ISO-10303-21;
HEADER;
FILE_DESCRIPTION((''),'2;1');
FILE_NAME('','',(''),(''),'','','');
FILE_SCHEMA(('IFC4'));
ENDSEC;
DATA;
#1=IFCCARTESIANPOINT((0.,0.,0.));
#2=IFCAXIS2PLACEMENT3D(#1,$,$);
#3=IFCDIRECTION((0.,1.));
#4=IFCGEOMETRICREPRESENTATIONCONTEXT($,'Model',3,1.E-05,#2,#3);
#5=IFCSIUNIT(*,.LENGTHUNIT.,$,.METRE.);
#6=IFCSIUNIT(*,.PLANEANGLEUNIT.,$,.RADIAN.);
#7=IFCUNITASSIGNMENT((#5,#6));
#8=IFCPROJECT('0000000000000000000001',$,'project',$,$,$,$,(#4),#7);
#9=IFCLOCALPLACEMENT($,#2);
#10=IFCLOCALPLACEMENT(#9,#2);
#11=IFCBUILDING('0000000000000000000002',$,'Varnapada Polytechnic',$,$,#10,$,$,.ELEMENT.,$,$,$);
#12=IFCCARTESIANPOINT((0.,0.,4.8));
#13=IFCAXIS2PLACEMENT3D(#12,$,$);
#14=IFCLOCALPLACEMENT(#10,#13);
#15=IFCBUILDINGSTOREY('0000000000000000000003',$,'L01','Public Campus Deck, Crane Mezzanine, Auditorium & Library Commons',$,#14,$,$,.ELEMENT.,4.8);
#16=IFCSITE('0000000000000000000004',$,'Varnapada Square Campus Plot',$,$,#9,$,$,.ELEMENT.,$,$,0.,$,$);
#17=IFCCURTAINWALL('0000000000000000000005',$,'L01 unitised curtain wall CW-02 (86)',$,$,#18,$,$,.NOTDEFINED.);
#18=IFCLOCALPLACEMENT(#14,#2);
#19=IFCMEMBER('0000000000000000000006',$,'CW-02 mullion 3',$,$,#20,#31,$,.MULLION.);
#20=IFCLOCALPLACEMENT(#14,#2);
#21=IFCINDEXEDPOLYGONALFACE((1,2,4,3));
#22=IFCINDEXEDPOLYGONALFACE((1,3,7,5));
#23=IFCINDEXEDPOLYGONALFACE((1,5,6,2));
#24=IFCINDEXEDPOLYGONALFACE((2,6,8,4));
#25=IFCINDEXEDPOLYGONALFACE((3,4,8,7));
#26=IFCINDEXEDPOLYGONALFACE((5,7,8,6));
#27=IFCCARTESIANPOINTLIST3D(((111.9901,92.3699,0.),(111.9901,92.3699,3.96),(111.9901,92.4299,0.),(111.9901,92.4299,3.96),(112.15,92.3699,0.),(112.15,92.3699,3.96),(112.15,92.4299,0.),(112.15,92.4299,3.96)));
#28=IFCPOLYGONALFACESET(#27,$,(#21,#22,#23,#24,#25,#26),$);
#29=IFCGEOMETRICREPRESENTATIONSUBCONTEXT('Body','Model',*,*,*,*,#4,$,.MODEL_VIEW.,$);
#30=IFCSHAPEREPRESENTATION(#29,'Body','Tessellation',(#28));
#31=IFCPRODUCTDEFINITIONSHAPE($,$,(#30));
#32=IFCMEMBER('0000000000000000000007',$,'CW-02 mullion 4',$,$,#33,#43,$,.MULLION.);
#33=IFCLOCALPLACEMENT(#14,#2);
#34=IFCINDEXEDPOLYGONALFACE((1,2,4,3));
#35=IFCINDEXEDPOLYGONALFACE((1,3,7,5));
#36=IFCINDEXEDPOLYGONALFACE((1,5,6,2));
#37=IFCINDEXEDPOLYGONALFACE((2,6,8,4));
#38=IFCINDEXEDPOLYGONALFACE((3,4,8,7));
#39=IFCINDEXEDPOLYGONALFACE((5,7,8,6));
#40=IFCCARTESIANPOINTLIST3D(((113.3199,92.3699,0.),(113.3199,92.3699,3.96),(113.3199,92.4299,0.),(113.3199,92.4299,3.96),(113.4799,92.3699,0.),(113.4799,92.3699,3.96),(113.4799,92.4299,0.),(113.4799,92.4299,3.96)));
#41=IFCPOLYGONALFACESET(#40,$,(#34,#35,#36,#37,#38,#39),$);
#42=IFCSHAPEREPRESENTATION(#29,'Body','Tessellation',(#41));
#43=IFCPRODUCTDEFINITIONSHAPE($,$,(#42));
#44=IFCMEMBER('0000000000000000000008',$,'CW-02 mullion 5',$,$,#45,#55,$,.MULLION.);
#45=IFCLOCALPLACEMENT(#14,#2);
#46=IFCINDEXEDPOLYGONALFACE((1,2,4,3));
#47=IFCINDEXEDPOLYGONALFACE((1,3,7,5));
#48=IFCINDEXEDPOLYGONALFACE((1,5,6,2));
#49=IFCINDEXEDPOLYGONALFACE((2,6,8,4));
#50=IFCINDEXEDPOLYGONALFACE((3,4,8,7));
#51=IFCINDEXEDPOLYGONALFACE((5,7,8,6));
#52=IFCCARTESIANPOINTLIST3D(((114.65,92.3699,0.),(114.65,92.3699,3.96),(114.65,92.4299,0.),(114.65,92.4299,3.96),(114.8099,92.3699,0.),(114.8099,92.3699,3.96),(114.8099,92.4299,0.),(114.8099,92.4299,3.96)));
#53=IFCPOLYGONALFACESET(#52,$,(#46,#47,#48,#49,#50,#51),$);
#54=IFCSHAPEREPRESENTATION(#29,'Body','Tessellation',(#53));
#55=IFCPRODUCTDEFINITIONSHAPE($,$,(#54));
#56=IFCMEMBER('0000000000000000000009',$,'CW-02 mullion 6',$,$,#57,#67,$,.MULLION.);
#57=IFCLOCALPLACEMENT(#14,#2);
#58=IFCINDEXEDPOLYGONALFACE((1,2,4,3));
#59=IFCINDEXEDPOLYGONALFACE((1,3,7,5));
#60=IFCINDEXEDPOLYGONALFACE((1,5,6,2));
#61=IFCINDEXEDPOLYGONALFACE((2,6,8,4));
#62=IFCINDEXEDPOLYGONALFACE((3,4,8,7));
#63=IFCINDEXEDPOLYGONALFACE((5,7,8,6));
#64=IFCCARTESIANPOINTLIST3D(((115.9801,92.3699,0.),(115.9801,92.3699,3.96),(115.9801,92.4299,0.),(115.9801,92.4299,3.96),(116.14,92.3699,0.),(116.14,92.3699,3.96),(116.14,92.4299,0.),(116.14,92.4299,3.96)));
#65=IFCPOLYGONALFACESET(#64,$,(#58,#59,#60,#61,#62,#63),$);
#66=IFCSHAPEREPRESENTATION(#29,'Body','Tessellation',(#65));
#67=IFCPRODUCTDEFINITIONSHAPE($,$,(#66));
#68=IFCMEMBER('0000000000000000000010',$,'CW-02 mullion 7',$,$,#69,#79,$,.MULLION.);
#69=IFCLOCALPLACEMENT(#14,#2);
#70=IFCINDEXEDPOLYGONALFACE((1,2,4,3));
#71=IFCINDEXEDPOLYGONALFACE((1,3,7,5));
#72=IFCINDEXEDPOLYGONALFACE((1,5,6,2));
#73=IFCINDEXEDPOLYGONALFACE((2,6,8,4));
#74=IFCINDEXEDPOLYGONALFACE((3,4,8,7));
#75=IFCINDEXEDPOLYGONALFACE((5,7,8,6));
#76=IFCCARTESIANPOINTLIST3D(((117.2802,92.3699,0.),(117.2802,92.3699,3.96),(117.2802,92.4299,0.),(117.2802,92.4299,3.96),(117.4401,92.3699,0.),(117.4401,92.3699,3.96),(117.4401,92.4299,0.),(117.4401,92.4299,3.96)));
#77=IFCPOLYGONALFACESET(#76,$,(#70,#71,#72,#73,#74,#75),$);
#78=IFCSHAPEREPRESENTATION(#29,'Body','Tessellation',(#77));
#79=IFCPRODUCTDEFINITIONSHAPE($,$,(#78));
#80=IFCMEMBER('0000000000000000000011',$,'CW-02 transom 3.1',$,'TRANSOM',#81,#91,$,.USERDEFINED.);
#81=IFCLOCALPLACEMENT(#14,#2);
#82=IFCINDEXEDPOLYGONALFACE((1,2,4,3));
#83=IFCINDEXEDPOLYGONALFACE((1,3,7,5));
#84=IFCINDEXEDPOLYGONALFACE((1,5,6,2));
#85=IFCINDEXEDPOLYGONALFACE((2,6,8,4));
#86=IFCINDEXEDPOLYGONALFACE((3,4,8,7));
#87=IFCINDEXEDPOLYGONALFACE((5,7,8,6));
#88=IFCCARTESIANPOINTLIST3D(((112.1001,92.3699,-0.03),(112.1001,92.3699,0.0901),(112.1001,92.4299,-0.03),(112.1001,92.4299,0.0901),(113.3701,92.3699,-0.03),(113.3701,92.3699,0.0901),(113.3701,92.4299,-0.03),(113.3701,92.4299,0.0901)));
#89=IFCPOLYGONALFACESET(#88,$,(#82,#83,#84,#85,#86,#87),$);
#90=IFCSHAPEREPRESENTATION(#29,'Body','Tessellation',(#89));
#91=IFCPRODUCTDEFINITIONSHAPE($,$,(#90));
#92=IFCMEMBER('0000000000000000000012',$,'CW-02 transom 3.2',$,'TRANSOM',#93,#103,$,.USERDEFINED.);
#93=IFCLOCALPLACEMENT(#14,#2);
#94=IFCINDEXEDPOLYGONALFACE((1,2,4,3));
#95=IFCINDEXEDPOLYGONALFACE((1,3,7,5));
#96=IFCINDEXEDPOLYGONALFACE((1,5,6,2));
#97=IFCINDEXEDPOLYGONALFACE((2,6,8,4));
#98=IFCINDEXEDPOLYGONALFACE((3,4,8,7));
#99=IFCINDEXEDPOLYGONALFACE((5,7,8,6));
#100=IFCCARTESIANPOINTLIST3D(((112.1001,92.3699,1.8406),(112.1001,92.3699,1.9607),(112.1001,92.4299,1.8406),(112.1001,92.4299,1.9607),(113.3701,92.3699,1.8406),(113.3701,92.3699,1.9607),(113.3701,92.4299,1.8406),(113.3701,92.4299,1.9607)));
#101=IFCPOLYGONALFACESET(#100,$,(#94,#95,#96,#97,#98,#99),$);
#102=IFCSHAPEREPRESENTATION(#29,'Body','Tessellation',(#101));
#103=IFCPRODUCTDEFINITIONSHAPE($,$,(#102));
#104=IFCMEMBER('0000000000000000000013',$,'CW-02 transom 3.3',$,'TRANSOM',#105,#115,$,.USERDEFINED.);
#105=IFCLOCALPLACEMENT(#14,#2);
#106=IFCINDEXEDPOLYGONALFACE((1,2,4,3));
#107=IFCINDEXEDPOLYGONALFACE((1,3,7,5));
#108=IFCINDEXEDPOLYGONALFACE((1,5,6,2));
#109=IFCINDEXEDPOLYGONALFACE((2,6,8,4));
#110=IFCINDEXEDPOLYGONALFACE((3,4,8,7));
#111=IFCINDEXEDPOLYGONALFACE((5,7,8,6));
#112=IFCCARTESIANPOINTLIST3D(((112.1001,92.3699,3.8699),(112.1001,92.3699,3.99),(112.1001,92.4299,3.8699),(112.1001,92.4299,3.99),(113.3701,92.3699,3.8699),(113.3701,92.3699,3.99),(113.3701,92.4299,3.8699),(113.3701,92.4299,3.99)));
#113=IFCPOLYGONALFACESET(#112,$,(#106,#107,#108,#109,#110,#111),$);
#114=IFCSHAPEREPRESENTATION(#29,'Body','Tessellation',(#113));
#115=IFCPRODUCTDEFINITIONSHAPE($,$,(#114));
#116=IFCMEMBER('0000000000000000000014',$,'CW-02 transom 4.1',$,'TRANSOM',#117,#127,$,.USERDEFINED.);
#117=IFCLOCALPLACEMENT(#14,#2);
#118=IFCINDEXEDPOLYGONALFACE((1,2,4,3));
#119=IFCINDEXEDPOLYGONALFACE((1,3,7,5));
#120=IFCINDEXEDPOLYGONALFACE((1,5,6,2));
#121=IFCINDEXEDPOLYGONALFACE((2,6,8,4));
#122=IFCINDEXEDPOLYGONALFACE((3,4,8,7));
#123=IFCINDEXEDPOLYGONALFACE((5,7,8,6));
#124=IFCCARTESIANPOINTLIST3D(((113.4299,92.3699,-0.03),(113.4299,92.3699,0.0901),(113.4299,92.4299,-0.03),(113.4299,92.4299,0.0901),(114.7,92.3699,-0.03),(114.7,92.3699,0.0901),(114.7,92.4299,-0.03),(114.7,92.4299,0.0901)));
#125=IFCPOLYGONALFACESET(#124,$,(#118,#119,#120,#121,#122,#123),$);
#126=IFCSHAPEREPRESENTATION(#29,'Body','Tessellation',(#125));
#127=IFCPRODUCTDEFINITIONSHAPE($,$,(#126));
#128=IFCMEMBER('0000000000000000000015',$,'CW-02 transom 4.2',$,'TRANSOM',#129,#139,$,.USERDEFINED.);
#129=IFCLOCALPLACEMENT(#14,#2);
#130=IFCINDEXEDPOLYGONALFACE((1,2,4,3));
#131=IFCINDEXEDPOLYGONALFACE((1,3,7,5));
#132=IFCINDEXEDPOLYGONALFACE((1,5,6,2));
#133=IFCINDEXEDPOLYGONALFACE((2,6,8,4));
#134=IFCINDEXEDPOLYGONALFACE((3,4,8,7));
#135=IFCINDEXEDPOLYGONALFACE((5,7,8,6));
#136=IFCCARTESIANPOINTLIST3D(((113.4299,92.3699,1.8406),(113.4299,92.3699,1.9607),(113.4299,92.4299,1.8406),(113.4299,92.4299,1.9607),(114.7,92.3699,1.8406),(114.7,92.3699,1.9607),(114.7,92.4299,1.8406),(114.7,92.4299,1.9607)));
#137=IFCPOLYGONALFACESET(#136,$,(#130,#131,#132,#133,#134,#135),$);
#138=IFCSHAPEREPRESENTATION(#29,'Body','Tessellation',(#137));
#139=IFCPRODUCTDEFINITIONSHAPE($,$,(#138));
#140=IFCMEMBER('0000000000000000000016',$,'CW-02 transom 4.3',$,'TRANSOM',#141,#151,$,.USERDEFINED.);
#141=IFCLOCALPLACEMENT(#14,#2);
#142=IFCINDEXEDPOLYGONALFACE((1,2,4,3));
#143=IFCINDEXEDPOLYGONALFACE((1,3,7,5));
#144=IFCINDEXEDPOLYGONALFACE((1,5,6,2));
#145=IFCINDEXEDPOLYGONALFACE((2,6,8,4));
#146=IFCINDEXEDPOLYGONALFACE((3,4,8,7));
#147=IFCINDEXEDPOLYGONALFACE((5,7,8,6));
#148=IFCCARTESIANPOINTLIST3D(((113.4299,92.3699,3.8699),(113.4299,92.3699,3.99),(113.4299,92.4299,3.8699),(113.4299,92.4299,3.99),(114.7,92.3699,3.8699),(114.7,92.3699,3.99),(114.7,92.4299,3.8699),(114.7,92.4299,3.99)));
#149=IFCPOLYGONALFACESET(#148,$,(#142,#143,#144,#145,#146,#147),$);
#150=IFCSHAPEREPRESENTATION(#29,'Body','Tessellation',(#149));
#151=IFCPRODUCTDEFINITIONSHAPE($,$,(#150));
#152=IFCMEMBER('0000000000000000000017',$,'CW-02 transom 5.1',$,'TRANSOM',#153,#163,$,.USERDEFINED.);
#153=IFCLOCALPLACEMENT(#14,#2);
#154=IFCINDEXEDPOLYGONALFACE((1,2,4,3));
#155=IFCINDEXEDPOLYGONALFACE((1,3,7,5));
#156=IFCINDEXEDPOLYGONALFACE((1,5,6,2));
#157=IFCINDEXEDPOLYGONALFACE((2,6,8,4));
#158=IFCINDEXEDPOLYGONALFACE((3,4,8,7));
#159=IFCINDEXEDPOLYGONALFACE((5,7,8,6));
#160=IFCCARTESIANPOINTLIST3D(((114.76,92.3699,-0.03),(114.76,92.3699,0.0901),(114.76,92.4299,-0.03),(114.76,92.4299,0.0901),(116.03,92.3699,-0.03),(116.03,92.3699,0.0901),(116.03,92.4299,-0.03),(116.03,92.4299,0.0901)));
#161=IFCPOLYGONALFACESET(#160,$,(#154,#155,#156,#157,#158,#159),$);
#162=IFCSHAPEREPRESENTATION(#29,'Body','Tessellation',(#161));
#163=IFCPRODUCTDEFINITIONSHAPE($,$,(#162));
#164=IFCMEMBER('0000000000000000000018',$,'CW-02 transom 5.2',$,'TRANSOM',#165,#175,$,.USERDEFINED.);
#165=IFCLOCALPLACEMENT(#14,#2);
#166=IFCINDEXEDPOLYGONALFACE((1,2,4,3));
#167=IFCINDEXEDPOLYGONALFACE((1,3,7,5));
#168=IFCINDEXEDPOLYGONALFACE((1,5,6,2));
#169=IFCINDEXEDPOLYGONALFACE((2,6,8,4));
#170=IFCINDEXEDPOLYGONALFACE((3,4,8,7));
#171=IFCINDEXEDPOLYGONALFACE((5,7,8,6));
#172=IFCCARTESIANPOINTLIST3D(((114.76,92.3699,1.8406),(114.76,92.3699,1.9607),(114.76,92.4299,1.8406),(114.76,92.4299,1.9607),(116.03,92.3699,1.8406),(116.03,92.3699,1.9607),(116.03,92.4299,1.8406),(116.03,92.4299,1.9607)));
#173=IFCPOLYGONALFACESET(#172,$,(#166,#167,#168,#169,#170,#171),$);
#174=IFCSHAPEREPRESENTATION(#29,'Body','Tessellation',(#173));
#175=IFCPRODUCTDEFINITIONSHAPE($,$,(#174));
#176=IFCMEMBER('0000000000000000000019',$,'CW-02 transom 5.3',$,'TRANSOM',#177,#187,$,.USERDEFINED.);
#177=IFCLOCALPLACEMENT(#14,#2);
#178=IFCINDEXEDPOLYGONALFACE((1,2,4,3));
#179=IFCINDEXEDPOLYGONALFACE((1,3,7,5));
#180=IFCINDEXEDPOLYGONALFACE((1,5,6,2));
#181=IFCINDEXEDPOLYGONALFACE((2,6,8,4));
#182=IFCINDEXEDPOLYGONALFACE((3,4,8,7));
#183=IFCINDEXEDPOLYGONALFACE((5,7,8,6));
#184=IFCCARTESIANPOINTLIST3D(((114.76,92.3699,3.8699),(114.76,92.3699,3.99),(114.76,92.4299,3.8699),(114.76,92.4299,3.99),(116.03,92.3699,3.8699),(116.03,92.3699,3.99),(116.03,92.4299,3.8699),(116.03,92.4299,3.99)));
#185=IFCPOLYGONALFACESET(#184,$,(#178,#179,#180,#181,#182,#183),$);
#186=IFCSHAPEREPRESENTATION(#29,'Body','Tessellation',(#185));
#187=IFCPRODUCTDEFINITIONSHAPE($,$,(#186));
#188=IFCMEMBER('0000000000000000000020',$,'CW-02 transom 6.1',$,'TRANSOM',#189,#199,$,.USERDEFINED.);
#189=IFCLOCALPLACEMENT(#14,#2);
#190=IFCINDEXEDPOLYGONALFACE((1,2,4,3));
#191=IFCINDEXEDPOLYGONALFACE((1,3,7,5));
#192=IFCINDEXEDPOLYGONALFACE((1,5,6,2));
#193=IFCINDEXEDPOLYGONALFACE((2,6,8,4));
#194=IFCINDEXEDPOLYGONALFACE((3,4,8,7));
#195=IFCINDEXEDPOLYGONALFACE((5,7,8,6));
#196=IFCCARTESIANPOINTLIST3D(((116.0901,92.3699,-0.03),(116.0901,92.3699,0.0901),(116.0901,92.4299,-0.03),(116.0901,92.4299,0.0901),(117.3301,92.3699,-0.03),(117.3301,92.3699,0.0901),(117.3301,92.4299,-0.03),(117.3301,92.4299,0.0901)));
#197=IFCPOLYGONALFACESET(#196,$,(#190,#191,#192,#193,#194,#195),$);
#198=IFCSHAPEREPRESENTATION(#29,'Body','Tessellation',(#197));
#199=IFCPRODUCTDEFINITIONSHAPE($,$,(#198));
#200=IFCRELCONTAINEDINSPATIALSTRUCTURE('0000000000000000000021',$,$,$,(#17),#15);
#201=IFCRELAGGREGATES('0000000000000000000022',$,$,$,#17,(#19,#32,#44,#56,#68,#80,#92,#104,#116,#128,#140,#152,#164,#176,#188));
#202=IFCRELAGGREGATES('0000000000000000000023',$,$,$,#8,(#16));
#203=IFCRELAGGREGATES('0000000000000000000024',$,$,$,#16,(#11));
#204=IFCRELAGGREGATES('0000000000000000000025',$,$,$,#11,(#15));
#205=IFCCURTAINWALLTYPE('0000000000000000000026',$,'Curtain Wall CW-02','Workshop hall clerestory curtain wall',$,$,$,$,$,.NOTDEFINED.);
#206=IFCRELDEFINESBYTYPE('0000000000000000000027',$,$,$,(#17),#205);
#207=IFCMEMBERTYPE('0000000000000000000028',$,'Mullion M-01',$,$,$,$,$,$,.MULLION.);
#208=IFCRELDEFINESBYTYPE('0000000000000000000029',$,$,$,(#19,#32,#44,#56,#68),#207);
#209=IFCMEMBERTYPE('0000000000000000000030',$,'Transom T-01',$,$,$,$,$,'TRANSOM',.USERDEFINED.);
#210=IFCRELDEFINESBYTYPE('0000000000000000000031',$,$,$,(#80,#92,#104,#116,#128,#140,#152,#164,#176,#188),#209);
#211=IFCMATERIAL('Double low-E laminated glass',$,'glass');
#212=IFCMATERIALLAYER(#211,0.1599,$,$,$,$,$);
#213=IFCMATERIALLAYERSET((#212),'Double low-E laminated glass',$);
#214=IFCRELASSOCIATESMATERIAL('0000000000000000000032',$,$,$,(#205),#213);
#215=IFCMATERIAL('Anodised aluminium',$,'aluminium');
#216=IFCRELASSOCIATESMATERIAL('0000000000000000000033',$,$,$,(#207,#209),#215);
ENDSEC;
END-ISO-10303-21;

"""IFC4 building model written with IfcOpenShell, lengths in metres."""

from ifc_helpers import new_model, si_unit, direction, frame, origin, origin_2d, place, context, subcontext, project, spatial, rectangle, extrude, material, layer, layer_set, material_profile, profile_set, type_object, element, aggregate, save


model = new_model("IFC4")

# Units and contexts
model_context = context("Model", 3, precision=1e-05, world=origin(), true_north=direction((0.0, 1.0)))
body_context = subcontext(model_context, "Body", "Model", "MODEL_VIEW")
ifc_project = project(units=[si_unit("LENGTHUNIT", "METRE"), si_unit("PLANEANGLEUNIT", "RADIAN")], contexts=[model_context])

# Site, building, storey
site_placement = place(None, origin())
site = spatial("IfcSite", under=ifc_project, at=site_placement, Name="Varnapada Square Campus Plot", CompositionType="ELEMENT", RefElevation=0.0)
building_placement = place(site_placement, origin())
building = spatial("IfcBuilding", under=site, at=building_placement, Name="Varnapada Polytechnic", CompositionType="ELEMENT")
storey_placement = place(building_placement, frame((0.0, 0.0, 4.8)))
storey = spatial("IfcBuildingStorey", under=building, at=storey_placement, Name="L01", Description="Public Campus Deck, Crane Mezzanine, Auditorium & Library Commons", CompositionType="ELEMENT", Elevation=4.8)

# Curtain wall, members
ifc_material_1 = material(Name="Double low-E laminated glass", Category="glass")
ifc_layer_1 = layer(ifc_material_1, 0.1599)
ifc_layer_set_1 = layer_set([ifc_layer_1], Name="Double low-E laminated glass")
curtain_wall_type = type_object("IfcCurtainWallType", Name="Curtain Wall CW-02", Description="Workshop hall clerestory curtain wall", PredefinedType="NOTDEFINED", material=ifc_layer_set_1)
curtain_wall_placement = place(storey_placement, origin())
curtain_wall = element("IfcCurtainWall", 1, at=curtain_wall_placement, inside=storey, type_object=curtain_wall_type, Name="L01 unitised curtain wall CW-02 (86)", PredefinedType="NOTDEFINED")
ifc_material_2 = material(Name="Anodised aluminium", Category="aluminium")
ifc_material_profile_1 = material_profile(ifc_material_2, rectangle(XDim=0.0601, YDim=0.1599, at=origin_2d()), Name="ALU M60x160")
ifc_profile_set_1 = profile_set([ifc_material_profile_1], Name="Anodised aluminium")
member_type_1 = type_object("IfcMemberType", Name="Mullion M-01", PredefinedType="MULLION", material=ifc_profile_set_1)
member_1_placement = place(storey_placement, frame((112.0701, 92.3999, 0.0), z_axis=(0.0, 0.0, 1.0), x_axis=(0.0, 1.0, 0.0)))
member_1 = element("IfcMember", 2, at=member_1_placement, type_object=member_type_1, Name="CW-02 mullion 3", PredefinedType="MULLION", context=body_context, shape_type="SweptSolid", body=[
    extrude(rectangle(XDim=0.0601, YDim=0.1599, at=origin_2d()), origin(), (0.0, 0.0, 1.0), 3.96),
])
member_2_placement = place(storey_placement, frame((113.3999, 92.3999, 0.0), z_axis=(0.0, 0.0, 1.0), x_axis=(0.0, 1.0, 0.0)))
member_2 = element("IfcMember", 3, at=member_2_placement, type_object=member_type_1, Name="CW-02 mullion 4", PredefinedType="MULLION", context=body_context, shape_type="SweptSolid", body=[
    extrude(rectangle(XDim=0.0601, YDim=0.1599, at=origin_2d()), origin(), (0.0, 0.0, 1.0), 3.96),
])
member_3_placement = place(storey_placement, frame((114.73, 92.3999, 0.0), z_axis=(0.0, 0.0, 1.0), x_axis=(0.0, 1.0, 0.0)))
member_3 = element("IfcMember", 4, at=member_3_placement, type_object=member_type_1, Name="CW-02 mullion 5", PredefinedType="MULLION", context=body_context, shape_type="SweptSolid", body=[
    extrude(rectangle(XDim=0.0601, YDim=0.1599, at=origin_2d()), origin(), (0.0, 0.0, 1.0), 3.96),
])
member_4_placement = place(storey_placement, frame((116.0601, 92.3999, 0.0), z_axis=(0.0, 0.0, 1.0), x_axis=(0.0, 1.0, 0.0)))
member_4 = element("IfcMember", 5, at=member_4_placement, type_object=member_type_1, Name="CW-02 mullion 6", PredefinedType="MULLION", context=body_context, shape_type="SweptSolid", body=[
    extrude(rectangle(XDim=0.0601, YDim=0.1599, at=origin_2d()), origin(), (0.0, 0.0, 1.0), 3.96),
])
member_5_placement = place(storey_placement, frame((117.3601, 92.3999, 0.0), z_axis=(0.0, 0.0, 1.0), x_axis=(0.0, 1.0, 0.0)))
member_5 = element("IfcMember", 6, at=member_5_placement, type_object=member_type_1, Name="CW-02 mullion 7", PredefinedType="MULLION", context=body_context, shape_type="SweptSolid", body=[
    extrude(rectangle(XDim=0.0601, YDim=0.1599, at=origin_2d()), origin(), (0.0, 0.0, 1.0), 3.96),
])
ifc_material_profile_2 = material_profile(ifc_material_2, rectangle(XDim=0.0601, YDim=0.1201, at=origin_2d()), Name="ALU T60x120")
ifc_profile_set_2 = profile_set([ifc_material_profile_2], Name="Anodised aluminium")
member_type_2 = type_object("IfcMemberType", Name="Transom T-01", ElementType="TRANSOM", PredefinedType="USERDEFINED", material=ifc_profile_set_2)
member_6_placement = place(storey_placement, frame((112.1001, 92.3999, 0.03), z_axis=(1.0, 0.0, 0.0), x_axis=(0.0, 1.0, 0.0)))
member_6 = element("IfcMember", 7, at=member_6_placement, type_object=member_type_2, Name="CW-02 transom 3.1", ObjectType="TRANSOM", PredefinedType="USERDEFINED", context=body_context, shape_type="SweptSolid", body=[
    extrude(rectangle(XDim=0.0601, YDim=0.1201, at=origin_2d()), origin(), (0.0, 0.0, 1.0), 1.27),
])
member_7_placement = place(storey_placement, frame((112.1001, 92.3999, 1.9006), z_axis=(1.0, 0.0, 0.0), x_axis=(0.0, 1.0, 0.0)))
member_7 = element("IfcMember", 8, at=member_7_placement, type_object=member_type_2, Name="CW-02 transom 3.2", ObjectType="TRANSOM", PredefinedType="USERDEFINED", context=body_context, shape_type="SweptSolid", body=[
    extrude(rectangle(XDim=0.0601, YDim=0.1201, at=origin_2d()), origin(), (0.0, 0.0, 1.0), 1.27),
])
member_8_placement = place(storey_placement, frame((112.1001, 92.3999, 3.9299), z_axis=(1.0, 0.0, 0.0), x_axis=(0.0, 1.0, 0.0)))
member_8 = element("IfcMember", 9, at=member_8_placement, type_object=member_type_2, Name="CW-02 transom 3.3", ObjectType="TRANSOM", PredefinedType="USERDEFINED", context=body_context, shape_type="SweptSolid", body=[
    extrude(rectangle(XDim=0.0601, YDim=0.1201, at=origin_2d()), origin(), (0.0, 0.0, 1.0), 1.27),
])
member_9_placement = place(storey_placement, frame((113.4299, 92.3999, 0.03), z_axis=(1.0, 0.0, 0.0), x_axis=(0.0, 1.0, 0.0)))
member_9 = element("IfcMember", 10, at=member_9_placement, type_object=member_type_2, Name="CW-02 transom 4.1", ObjectType="TRANSOM", PredefinedType="USERDEFINED", context=body_context, shape_type="SweptSolid", body=[
    extrude(rectangle(XDim=0.0601, YDim=0.1201, at=origin_2d()), origin(), (0.0, 0.0, 1.0), 1.27),
])
member_10_placement = place(storey_placement, frame((113.4299, 92.3999, 1.9006), z_axis=(1.0, 0.0, 0.0), x_axis=(0.0, 1.0, 0.0)))
member_10 = element("IfcMember", 11, at=member_10_placement, type_object=member_type_2, Name="CW-02 transom 4.2", ObjectType="TRANSOM", PredefinedType="USERDEFINED", context=body_context, shape_type="SweptSolid", body=[
    extrude(rectangle(XDim=0.0601, YDim=0.1201, at=origin_2d()), origin(), (0.0, 0.0, 1.0), 1.27),
])
member_11_placement = place(storey_placement, frame((113.4299, 92.3999, 3.9299), z_axis=(1.0, 0.0, 0.0), x_axis=(0.0, 1.0, 0.0)))
member_11 = element("IfcMember", 12, at=member_11_placement, type_object=member_type_2, Name="CW-02 transom 4.3", ObjectType="TRANSOM", PredefinedType="USERDEFINED", context=body_context, shape_type="SweptSolid", body=[
    extrude(rectangle(XDim=0.0601, YDim=0.1201, at=origin_2d()), origin(), (0.0, 0.0, 1.0), 1.27),
])
member_12_placement = place(storey_placement, frame((114.76, 92.3999, 0.03), z_axis=(1.0, 0.0, 0.0), x_axis=(0.0, 1.0, 0.0)))
member_12 = element("IfcMember", 13, at=member_12_placement, type_object=member_type_2, Name="CW-02 transom 5.1", ObjectType="TRANSOM", PredefinedType="USERDEFINED", context=body_context, shape_type="SweptSolid", body=[
    extrude(rectangle(XDim=0.0601, YDim=0.1201, at=origin_2d()), origin(), (0.0, 0.0, 1.0), 1.27),
])
member_13_placement = place(storey_placement, frame((114.76, 92.3999, 1.9006), z_axis=(1.0, 0.0, 0.0), x_axis=(0.0, 1.0, 0.0)))
member_13 = element("IfcMember", 14, at=member_13_placement, type_object=member_type_2, Name="CW-02 transom 5.2", ObjectType="TRANSOM", PredefinedType="USERDEFINED", context=body_context, shape_type="SweptSolid", body=[
    extrude(rectangle(XDim=0.0601, YDim=0.1201, at=origin_2d()), origin(), (0.0, 0.0, 1.0), 1.27),
])
member_14_placement = place(storey_placement, frame((114.76, 92.3999, 3.9299), z_axis=(1.0, 0.0, 0.0), x_axis=(0.0, 1.0, 0.0)))
member_14 = element("IfcMember", 15, at=member_14_placement, type_object=member_type_2, Name="CW-02 transom 5.3", ObjectType="TRANSOM", PredefinedType="USERDEFINED", context=body_context, shape_type="SweptSolid", body=[
    extrude(rectangle(XDim=0.0601, YDim=0.1201, at=origin_2d()), origin(), (0.0, 0.0, 1.0), 1.27),
])
member_15_placement = place(storey_placement, frame((116.0901, 92.3999, 0.03), z_axis=(1.0, 0.0, 0.0), x_axis=(0.0, 1.0, 0.0)))
member_15 = element("IfcMember", 16, at=member_15_placement, type_object=member_type_2, Name="CW-02 transom 6.1", ObjectType="TRANSOM", PredefinedType="USERDEFINED", context=body_context, shape_type="SweptSolid", body=[
    extrude(rectangle(XDim=0.0601, YDim=0.1201, at=origin_2d()), origin(), (0.0, 0.0, 1.0), 1.24),
])
aggregate(curtain_wall, [member_1, member_2, member_3, member_4, member_5, member_6, member_7, member_8, member_9, member_10, member_11, member_12, member_13, member_14, member_15])

save(model, "model.ifc")
